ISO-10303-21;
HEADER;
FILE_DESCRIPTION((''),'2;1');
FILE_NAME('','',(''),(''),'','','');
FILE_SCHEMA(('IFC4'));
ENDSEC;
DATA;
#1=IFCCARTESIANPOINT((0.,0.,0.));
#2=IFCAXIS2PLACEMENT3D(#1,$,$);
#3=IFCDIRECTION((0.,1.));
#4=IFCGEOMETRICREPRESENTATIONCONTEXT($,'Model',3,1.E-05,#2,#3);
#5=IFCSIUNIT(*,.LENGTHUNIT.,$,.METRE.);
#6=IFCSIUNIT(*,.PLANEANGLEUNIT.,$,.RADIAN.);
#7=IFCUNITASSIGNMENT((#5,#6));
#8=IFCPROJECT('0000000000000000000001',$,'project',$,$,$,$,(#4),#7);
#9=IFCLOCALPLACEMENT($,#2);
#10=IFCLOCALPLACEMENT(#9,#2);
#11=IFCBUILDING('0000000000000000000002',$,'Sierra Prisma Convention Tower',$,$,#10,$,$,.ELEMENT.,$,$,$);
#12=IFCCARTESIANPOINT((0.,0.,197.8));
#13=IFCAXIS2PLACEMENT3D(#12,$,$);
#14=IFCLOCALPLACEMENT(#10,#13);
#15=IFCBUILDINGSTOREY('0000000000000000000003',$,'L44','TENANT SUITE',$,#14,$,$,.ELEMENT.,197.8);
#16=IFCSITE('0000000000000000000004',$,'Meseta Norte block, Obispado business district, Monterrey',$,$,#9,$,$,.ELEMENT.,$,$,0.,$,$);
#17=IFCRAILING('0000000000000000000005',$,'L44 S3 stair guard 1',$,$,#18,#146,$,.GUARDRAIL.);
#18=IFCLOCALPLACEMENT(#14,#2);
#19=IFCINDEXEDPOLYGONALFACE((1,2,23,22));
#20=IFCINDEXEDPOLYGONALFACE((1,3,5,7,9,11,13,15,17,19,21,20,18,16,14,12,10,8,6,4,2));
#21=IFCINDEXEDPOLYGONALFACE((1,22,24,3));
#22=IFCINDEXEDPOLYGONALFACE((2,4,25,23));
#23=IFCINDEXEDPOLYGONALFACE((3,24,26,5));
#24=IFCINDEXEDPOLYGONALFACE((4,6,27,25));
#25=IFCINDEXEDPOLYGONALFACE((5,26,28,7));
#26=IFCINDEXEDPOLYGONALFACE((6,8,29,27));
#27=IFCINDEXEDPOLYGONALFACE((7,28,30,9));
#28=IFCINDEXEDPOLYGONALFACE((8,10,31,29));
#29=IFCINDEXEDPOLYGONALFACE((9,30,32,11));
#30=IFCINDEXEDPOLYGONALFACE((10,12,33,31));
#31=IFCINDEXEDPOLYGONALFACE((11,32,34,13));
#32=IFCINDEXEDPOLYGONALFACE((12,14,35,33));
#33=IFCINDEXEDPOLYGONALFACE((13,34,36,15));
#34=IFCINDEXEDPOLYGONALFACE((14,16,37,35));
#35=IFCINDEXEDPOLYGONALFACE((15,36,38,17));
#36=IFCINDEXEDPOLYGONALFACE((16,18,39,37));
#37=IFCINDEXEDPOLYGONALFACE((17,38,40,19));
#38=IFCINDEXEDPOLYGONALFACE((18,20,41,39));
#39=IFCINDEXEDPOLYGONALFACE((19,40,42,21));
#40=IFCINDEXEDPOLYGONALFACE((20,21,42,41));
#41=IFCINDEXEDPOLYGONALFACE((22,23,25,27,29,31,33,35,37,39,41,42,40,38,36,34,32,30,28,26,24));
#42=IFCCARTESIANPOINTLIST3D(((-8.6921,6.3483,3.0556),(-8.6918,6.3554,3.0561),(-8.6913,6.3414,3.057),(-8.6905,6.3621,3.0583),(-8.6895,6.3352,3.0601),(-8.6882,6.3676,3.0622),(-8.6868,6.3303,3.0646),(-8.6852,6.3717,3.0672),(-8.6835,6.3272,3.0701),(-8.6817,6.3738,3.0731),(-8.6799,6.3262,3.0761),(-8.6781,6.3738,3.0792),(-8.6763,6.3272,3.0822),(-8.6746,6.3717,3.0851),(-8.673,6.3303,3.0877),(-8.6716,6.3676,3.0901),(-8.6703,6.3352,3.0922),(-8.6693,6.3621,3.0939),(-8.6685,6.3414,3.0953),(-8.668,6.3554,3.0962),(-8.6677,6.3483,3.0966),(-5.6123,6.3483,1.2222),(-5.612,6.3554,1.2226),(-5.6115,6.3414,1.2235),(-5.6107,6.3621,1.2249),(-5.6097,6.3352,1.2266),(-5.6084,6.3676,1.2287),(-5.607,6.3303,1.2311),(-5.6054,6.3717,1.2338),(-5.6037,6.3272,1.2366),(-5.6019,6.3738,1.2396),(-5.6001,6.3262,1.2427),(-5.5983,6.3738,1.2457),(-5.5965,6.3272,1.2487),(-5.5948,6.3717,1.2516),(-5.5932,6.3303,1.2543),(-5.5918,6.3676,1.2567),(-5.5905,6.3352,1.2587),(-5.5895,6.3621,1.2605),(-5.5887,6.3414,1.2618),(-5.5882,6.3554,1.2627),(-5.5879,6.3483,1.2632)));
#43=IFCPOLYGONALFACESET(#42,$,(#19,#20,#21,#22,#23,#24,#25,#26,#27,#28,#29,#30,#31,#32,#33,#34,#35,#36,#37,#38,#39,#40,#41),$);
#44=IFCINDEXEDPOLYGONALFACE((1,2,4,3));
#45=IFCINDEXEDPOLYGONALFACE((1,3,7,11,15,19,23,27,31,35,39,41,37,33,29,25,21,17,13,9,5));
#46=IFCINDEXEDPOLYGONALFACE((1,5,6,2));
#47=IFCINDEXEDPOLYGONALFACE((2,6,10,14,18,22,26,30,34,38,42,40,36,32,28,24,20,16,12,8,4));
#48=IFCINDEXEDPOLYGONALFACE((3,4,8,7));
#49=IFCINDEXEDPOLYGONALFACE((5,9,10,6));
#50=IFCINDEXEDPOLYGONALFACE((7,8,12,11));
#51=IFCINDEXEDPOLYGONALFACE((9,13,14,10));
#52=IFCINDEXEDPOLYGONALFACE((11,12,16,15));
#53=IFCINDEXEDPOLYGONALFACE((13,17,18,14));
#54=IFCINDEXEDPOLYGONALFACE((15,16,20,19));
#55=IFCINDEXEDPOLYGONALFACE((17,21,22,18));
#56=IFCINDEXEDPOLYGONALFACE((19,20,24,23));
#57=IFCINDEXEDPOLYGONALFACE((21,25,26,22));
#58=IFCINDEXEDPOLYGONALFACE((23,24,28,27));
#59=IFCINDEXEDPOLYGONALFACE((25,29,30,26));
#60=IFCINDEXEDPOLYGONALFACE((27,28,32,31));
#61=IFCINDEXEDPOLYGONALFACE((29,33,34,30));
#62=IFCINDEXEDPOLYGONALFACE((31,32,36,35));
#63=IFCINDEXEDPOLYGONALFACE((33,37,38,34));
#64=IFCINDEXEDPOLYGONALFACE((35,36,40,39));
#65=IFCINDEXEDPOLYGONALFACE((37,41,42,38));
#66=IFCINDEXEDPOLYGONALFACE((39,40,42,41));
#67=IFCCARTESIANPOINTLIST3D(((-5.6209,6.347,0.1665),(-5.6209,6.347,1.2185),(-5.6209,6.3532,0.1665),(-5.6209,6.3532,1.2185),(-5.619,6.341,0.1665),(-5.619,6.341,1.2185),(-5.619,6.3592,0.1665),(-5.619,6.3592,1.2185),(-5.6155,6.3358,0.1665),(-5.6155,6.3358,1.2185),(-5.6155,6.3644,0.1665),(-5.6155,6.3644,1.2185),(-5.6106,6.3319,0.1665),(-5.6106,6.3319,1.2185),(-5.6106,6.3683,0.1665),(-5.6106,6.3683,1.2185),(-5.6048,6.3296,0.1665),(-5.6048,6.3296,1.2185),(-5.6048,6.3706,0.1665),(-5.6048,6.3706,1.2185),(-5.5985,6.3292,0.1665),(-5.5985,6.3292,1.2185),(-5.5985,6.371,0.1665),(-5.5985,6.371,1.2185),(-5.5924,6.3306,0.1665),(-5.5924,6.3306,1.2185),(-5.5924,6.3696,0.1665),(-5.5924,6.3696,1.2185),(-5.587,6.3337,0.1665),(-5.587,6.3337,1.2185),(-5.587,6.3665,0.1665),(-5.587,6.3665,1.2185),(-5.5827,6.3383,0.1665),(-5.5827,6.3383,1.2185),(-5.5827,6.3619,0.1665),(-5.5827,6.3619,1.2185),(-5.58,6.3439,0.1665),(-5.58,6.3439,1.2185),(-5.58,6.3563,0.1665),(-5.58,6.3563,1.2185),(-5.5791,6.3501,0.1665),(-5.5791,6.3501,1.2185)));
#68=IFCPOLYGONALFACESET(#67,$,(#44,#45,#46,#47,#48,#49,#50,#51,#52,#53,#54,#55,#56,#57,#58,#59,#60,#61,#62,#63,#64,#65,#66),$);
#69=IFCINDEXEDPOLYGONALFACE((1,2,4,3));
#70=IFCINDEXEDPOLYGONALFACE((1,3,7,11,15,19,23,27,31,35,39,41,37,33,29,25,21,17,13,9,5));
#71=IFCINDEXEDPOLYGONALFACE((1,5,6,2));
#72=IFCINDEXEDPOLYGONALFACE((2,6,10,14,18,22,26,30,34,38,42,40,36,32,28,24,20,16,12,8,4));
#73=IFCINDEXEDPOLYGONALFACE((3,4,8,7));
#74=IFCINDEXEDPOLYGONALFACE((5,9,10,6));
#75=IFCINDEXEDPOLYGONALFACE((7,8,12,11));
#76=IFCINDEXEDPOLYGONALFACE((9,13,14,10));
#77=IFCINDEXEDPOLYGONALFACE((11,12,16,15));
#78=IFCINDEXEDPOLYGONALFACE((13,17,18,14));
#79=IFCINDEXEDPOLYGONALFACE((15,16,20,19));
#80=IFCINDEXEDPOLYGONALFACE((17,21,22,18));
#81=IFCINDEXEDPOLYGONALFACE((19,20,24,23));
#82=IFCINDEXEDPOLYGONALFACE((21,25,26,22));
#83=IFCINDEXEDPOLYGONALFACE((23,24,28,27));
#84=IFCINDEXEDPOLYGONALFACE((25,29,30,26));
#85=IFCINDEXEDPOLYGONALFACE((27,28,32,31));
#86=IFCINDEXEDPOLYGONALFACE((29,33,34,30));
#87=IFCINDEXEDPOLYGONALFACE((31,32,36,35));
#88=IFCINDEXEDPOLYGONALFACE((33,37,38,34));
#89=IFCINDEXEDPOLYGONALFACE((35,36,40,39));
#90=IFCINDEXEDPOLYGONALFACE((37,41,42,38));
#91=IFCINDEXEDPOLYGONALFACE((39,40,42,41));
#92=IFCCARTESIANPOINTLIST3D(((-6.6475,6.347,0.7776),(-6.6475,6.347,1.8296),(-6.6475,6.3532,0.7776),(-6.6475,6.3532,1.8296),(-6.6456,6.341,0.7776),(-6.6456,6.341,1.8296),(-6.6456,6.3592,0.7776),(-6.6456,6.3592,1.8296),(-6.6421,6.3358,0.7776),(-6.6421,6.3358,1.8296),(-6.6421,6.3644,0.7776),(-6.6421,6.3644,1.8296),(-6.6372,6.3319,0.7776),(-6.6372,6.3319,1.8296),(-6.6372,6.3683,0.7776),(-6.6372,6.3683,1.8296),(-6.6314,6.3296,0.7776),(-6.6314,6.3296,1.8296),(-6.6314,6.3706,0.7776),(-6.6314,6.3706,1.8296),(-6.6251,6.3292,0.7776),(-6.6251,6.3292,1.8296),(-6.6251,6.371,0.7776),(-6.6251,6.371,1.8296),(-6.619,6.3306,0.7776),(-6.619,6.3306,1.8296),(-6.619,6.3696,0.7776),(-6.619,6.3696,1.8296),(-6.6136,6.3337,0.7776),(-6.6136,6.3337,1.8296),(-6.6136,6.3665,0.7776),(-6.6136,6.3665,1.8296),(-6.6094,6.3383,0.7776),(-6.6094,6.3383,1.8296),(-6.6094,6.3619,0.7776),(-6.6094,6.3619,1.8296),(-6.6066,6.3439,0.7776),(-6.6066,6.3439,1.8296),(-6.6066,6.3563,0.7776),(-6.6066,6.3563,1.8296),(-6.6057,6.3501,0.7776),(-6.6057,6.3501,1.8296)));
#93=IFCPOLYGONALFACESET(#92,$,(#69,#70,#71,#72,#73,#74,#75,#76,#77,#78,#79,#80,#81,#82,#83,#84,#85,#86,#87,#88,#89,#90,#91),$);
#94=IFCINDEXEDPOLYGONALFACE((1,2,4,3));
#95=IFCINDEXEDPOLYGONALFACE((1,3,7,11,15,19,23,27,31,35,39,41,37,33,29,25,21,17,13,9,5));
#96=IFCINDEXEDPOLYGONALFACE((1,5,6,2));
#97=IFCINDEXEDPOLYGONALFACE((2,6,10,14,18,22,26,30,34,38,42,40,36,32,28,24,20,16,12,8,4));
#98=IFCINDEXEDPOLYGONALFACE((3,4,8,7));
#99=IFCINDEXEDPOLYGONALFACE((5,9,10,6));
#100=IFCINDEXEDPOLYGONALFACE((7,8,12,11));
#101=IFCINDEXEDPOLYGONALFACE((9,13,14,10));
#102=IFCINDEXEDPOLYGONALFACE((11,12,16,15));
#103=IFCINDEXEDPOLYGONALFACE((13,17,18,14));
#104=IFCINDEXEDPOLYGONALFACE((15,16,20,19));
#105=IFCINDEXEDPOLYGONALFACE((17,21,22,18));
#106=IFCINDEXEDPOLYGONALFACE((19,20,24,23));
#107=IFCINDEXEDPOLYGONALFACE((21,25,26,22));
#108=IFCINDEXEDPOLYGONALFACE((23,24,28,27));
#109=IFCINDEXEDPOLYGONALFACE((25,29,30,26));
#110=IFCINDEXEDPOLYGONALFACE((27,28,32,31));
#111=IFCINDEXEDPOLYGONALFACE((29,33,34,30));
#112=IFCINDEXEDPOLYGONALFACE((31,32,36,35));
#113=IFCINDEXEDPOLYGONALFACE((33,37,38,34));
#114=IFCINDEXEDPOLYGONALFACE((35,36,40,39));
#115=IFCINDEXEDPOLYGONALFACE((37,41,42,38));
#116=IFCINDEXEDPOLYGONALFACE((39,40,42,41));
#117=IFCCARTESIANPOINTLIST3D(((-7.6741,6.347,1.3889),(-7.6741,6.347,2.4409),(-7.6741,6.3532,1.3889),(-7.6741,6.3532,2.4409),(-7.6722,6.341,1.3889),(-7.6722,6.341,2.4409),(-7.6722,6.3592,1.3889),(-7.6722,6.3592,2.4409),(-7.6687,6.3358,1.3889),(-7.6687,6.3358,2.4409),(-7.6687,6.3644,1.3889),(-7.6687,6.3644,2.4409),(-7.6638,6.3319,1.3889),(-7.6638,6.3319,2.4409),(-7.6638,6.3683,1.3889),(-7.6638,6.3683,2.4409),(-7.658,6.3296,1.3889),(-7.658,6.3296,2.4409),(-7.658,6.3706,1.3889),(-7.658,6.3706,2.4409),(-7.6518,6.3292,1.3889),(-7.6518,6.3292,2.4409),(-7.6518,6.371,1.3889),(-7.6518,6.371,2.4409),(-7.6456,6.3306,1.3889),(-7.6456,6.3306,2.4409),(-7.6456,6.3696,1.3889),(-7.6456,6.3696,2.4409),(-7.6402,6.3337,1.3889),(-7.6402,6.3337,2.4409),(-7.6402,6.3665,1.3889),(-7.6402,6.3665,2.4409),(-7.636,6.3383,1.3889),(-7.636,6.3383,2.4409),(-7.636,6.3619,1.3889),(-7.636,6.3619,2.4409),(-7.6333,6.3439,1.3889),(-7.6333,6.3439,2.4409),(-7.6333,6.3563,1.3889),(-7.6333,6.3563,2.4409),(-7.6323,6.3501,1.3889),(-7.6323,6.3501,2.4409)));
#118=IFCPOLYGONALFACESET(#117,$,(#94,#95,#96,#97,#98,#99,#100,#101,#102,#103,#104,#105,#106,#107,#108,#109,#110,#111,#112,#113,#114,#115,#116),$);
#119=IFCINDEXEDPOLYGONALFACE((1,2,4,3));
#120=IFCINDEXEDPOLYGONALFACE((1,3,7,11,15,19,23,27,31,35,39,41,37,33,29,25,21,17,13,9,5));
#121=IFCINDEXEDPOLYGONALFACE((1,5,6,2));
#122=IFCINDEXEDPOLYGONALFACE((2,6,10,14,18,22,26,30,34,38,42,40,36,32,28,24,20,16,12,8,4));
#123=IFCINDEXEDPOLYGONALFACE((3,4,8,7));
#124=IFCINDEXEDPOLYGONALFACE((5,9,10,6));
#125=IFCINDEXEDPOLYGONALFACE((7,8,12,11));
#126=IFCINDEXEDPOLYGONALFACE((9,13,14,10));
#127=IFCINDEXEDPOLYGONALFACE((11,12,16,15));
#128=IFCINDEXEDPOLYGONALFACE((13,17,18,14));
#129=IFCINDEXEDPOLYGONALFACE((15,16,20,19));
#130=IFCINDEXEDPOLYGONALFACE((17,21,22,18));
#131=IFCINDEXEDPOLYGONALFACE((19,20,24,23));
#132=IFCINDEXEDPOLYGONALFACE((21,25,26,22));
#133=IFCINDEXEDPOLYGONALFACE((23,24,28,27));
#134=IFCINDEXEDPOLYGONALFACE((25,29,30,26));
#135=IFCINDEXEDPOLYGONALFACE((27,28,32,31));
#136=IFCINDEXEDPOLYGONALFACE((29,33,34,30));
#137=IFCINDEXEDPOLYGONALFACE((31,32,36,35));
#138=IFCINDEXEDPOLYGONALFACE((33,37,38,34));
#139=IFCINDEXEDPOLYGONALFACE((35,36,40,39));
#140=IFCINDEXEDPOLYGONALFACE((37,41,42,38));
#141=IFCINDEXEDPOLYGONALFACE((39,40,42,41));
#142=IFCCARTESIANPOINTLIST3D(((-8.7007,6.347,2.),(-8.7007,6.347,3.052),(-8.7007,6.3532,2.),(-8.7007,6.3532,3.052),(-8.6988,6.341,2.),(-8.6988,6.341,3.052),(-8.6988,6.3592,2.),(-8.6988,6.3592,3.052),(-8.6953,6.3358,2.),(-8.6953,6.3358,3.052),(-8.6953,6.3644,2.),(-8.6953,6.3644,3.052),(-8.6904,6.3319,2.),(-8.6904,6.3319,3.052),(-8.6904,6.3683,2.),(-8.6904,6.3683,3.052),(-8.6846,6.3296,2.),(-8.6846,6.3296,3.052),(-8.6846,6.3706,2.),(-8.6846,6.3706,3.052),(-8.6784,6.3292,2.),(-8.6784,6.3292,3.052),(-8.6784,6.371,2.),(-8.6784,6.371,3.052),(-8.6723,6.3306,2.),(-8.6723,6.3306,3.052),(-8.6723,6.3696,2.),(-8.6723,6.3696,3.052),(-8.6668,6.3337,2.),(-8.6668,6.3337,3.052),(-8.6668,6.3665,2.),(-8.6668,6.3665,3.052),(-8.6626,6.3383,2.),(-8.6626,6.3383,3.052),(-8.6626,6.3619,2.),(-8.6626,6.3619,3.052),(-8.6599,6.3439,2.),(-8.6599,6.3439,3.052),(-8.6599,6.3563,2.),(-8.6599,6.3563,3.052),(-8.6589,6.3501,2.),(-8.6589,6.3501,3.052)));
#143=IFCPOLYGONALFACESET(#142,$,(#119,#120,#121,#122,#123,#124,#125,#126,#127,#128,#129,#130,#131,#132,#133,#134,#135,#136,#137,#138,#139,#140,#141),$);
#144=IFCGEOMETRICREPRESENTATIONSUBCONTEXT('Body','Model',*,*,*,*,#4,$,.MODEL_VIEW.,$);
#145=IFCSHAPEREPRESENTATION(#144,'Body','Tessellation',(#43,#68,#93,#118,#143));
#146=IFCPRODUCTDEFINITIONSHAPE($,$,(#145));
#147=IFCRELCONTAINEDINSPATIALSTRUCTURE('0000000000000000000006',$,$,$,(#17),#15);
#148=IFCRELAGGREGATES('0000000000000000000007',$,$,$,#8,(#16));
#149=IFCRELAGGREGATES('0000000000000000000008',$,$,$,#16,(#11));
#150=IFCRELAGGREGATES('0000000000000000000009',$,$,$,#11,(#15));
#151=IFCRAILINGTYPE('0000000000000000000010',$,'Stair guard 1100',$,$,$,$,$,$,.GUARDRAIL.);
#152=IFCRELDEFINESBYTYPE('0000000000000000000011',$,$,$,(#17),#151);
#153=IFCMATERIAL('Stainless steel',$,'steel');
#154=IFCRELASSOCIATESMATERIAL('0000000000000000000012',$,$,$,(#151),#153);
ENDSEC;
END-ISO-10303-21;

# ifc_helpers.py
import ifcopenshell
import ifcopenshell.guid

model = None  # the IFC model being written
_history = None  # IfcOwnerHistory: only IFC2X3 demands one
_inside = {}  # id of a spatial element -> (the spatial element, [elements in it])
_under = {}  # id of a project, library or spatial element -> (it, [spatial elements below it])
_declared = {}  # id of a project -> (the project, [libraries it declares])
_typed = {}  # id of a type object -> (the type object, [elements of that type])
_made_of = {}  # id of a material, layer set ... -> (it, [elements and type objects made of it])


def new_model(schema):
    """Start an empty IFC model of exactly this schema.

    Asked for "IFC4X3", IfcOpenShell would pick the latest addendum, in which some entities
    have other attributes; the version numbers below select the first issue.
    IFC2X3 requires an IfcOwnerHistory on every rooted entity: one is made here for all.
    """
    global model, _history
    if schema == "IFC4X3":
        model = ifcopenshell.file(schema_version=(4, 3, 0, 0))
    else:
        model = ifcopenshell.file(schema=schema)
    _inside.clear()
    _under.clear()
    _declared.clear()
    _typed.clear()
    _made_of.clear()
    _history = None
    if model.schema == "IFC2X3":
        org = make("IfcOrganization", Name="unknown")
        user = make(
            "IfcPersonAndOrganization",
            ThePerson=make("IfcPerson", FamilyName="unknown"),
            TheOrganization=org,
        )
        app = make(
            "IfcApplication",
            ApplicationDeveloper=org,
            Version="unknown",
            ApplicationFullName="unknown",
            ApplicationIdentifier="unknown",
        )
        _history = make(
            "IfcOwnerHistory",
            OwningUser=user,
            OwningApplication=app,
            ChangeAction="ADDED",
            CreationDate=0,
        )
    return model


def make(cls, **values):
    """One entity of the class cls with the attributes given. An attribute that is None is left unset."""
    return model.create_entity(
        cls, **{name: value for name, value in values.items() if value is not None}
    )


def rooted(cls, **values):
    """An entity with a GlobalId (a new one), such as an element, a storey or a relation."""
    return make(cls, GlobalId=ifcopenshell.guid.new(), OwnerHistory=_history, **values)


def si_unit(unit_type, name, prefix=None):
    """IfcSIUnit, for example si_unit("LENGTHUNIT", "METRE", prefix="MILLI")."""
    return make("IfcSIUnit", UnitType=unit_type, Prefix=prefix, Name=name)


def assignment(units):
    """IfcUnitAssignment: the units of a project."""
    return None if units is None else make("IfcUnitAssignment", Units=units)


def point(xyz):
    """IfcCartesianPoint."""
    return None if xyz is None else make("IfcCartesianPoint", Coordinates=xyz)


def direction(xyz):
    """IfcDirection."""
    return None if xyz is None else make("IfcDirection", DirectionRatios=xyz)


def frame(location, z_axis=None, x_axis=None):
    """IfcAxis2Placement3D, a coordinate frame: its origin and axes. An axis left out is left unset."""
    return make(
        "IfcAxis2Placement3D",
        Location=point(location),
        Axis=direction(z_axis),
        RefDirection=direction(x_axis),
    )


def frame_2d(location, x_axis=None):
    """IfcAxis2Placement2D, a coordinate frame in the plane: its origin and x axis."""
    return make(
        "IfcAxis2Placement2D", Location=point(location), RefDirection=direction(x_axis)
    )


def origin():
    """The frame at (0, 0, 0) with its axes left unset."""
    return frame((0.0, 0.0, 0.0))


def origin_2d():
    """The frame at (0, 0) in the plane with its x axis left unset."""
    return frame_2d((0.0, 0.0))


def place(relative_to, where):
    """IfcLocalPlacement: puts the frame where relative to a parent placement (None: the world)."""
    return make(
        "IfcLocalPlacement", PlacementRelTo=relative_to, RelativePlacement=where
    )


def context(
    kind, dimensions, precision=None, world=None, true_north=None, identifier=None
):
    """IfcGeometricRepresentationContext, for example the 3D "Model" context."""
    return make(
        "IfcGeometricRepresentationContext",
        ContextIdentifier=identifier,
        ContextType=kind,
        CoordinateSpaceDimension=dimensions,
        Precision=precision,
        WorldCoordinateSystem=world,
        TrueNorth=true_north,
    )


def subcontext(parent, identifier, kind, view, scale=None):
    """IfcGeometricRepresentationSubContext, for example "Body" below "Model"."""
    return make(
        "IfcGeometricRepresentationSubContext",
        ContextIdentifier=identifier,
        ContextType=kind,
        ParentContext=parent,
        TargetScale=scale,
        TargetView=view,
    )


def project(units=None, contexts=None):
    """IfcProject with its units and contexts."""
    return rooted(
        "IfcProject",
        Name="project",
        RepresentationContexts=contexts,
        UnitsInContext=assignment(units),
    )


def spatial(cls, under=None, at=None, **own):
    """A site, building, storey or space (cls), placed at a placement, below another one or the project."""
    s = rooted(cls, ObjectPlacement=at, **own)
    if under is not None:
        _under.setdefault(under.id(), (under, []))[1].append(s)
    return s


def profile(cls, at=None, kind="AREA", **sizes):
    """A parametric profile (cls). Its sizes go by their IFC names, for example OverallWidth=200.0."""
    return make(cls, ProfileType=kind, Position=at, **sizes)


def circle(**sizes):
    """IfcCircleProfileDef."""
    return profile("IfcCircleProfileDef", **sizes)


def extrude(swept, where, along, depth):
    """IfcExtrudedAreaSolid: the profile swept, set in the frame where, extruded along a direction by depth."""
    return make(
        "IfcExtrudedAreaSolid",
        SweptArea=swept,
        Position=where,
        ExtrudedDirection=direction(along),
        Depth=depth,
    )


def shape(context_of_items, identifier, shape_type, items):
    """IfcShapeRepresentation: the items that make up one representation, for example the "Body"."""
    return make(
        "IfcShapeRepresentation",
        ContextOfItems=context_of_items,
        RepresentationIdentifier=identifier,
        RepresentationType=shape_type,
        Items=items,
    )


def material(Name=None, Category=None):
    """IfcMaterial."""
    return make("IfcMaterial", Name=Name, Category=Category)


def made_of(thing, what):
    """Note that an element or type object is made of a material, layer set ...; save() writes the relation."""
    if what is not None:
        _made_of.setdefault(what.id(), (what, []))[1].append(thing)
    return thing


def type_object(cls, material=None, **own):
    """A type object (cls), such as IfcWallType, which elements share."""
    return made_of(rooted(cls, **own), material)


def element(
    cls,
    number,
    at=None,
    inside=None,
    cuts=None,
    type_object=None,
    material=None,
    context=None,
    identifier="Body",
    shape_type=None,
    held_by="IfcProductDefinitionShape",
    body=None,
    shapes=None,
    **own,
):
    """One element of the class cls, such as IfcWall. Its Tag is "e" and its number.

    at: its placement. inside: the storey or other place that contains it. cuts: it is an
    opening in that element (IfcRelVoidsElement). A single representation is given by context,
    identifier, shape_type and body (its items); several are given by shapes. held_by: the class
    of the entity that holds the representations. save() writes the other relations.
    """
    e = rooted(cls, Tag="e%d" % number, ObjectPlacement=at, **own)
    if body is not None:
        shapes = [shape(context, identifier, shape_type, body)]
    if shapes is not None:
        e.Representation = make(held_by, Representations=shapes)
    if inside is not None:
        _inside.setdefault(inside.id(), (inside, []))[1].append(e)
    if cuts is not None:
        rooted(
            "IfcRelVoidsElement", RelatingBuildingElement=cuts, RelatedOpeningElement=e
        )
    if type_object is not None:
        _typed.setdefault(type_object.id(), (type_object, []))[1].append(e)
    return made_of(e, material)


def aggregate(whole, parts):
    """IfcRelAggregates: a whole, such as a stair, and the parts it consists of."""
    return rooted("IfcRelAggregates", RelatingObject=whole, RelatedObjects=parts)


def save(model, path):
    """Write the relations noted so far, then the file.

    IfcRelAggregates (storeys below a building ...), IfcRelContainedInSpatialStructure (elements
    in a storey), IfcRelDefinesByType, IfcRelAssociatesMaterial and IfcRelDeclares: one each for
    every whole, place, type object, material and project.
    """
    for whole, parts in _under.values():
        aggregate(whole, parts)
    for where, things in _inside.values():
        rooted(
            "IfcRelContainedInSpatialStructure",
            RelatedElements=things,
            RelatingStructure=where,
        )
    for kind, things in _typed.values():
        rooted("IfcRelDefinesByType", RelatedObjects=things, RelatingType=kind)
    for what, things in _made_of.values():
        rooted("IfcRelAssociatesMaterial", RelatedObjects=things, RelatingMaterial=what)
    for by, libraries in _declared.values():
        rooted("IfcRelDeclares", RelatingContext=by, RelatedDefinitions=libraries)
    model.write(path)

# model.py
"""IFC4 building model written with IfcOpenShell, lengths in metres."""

from ifc_helpers import new_model, si_unit, direction, frame, origin, origin_2d, place, context, subcontext, project, spatial, circle, extrude, material, type_object, element, save


model = new_model("IFC4")

# Units and contexts
model_context = context("Model", 3, precision=1e-05, world=origin(), true_north=direction((0.0, 1.0)))
body_context = subcontext(model_context, "Body", "Model", "MODEL_VIEW")
ifc_project = project(units=[si_unit("LENGTHUNIT", "METRE"), si_unit("PLANEANGLEUNIT", "RADIAN")], contexts=[model_context])

# Site, building, storey
site_placement = place(None, origin())
site = spatial("IfcSite", under=ifc_project, at=site_placement, Name="Meseta Norte block, Obispado business district, Monterrey", CompositionType="ELEMENT", RefElevation=0.0)
building_placement = place(site_placement, origin())
building = spatial("IfcBuilding", under=site, at=building_placement, Name="Sierra Prisma Convention Tower", CompositionType="ELEMENT")
storey_placement = place(building_placement, frame((0.0, 0.0, 197.8)))
storey = spatial("IfcBuildingStorey", under=building, at=storey_placement, Name="L44", Description="TENANT SUITE", CompositionType="ELEMENT", Elevation=197.8)

# Railing
ifc_material_1 = material(Name="Stainless steel", Category="steel")
railing_type_1 = type_object("IfcRailingType", Name="Stair guard 1100", PredefinedType="GUARDRAIL", material=ifc_material_1)
railing_1_placement = place(storey_placement, frame((-5.6001, 6.3501, 0.1665)))
element("IfcRailing", 1, at=railing_1_placement, inside=storey, type_object=railing_type_1, Name="L44 S3 stair guard 1", PredefinedType="GUARDRAIL", context=body_context, shape_type="SweptSolid", body=[
    extrude(circle(Radius=0.0239, at=origin_2d()), frame((0.0, 0.0, 1.0762), z_axis=(-0.859261, 0.0, 0.511538), x_axis=(0.0, -1.0, 0.0)), (0.0, 0.0, 1.0), 3.5842),
    extrude(circle(Radius=0.021, at=origin_2d()), origin(), (0.0, 0.0, 1.0), 1.052),
    extrude(circle(Radius=0.021, at=origin_2d()), frame((-1.0266, 0.0, 0.6111)), (0.0, 0.0, 1.0), 1.052),
    extrude(circle(Radius=0.021, at=origin_2d()), frame((-2.0532, 0.0, 1.2224)), (0.0, 0.0, 1.0), 1.052),
    extrude(circle(Radius=0.021, at=origin_2d()), frame((-3.0798, 0.0, 1.8335)), (0.0, 0.0, 1.0), 1.052),
])

save(model, "model.ifc")
